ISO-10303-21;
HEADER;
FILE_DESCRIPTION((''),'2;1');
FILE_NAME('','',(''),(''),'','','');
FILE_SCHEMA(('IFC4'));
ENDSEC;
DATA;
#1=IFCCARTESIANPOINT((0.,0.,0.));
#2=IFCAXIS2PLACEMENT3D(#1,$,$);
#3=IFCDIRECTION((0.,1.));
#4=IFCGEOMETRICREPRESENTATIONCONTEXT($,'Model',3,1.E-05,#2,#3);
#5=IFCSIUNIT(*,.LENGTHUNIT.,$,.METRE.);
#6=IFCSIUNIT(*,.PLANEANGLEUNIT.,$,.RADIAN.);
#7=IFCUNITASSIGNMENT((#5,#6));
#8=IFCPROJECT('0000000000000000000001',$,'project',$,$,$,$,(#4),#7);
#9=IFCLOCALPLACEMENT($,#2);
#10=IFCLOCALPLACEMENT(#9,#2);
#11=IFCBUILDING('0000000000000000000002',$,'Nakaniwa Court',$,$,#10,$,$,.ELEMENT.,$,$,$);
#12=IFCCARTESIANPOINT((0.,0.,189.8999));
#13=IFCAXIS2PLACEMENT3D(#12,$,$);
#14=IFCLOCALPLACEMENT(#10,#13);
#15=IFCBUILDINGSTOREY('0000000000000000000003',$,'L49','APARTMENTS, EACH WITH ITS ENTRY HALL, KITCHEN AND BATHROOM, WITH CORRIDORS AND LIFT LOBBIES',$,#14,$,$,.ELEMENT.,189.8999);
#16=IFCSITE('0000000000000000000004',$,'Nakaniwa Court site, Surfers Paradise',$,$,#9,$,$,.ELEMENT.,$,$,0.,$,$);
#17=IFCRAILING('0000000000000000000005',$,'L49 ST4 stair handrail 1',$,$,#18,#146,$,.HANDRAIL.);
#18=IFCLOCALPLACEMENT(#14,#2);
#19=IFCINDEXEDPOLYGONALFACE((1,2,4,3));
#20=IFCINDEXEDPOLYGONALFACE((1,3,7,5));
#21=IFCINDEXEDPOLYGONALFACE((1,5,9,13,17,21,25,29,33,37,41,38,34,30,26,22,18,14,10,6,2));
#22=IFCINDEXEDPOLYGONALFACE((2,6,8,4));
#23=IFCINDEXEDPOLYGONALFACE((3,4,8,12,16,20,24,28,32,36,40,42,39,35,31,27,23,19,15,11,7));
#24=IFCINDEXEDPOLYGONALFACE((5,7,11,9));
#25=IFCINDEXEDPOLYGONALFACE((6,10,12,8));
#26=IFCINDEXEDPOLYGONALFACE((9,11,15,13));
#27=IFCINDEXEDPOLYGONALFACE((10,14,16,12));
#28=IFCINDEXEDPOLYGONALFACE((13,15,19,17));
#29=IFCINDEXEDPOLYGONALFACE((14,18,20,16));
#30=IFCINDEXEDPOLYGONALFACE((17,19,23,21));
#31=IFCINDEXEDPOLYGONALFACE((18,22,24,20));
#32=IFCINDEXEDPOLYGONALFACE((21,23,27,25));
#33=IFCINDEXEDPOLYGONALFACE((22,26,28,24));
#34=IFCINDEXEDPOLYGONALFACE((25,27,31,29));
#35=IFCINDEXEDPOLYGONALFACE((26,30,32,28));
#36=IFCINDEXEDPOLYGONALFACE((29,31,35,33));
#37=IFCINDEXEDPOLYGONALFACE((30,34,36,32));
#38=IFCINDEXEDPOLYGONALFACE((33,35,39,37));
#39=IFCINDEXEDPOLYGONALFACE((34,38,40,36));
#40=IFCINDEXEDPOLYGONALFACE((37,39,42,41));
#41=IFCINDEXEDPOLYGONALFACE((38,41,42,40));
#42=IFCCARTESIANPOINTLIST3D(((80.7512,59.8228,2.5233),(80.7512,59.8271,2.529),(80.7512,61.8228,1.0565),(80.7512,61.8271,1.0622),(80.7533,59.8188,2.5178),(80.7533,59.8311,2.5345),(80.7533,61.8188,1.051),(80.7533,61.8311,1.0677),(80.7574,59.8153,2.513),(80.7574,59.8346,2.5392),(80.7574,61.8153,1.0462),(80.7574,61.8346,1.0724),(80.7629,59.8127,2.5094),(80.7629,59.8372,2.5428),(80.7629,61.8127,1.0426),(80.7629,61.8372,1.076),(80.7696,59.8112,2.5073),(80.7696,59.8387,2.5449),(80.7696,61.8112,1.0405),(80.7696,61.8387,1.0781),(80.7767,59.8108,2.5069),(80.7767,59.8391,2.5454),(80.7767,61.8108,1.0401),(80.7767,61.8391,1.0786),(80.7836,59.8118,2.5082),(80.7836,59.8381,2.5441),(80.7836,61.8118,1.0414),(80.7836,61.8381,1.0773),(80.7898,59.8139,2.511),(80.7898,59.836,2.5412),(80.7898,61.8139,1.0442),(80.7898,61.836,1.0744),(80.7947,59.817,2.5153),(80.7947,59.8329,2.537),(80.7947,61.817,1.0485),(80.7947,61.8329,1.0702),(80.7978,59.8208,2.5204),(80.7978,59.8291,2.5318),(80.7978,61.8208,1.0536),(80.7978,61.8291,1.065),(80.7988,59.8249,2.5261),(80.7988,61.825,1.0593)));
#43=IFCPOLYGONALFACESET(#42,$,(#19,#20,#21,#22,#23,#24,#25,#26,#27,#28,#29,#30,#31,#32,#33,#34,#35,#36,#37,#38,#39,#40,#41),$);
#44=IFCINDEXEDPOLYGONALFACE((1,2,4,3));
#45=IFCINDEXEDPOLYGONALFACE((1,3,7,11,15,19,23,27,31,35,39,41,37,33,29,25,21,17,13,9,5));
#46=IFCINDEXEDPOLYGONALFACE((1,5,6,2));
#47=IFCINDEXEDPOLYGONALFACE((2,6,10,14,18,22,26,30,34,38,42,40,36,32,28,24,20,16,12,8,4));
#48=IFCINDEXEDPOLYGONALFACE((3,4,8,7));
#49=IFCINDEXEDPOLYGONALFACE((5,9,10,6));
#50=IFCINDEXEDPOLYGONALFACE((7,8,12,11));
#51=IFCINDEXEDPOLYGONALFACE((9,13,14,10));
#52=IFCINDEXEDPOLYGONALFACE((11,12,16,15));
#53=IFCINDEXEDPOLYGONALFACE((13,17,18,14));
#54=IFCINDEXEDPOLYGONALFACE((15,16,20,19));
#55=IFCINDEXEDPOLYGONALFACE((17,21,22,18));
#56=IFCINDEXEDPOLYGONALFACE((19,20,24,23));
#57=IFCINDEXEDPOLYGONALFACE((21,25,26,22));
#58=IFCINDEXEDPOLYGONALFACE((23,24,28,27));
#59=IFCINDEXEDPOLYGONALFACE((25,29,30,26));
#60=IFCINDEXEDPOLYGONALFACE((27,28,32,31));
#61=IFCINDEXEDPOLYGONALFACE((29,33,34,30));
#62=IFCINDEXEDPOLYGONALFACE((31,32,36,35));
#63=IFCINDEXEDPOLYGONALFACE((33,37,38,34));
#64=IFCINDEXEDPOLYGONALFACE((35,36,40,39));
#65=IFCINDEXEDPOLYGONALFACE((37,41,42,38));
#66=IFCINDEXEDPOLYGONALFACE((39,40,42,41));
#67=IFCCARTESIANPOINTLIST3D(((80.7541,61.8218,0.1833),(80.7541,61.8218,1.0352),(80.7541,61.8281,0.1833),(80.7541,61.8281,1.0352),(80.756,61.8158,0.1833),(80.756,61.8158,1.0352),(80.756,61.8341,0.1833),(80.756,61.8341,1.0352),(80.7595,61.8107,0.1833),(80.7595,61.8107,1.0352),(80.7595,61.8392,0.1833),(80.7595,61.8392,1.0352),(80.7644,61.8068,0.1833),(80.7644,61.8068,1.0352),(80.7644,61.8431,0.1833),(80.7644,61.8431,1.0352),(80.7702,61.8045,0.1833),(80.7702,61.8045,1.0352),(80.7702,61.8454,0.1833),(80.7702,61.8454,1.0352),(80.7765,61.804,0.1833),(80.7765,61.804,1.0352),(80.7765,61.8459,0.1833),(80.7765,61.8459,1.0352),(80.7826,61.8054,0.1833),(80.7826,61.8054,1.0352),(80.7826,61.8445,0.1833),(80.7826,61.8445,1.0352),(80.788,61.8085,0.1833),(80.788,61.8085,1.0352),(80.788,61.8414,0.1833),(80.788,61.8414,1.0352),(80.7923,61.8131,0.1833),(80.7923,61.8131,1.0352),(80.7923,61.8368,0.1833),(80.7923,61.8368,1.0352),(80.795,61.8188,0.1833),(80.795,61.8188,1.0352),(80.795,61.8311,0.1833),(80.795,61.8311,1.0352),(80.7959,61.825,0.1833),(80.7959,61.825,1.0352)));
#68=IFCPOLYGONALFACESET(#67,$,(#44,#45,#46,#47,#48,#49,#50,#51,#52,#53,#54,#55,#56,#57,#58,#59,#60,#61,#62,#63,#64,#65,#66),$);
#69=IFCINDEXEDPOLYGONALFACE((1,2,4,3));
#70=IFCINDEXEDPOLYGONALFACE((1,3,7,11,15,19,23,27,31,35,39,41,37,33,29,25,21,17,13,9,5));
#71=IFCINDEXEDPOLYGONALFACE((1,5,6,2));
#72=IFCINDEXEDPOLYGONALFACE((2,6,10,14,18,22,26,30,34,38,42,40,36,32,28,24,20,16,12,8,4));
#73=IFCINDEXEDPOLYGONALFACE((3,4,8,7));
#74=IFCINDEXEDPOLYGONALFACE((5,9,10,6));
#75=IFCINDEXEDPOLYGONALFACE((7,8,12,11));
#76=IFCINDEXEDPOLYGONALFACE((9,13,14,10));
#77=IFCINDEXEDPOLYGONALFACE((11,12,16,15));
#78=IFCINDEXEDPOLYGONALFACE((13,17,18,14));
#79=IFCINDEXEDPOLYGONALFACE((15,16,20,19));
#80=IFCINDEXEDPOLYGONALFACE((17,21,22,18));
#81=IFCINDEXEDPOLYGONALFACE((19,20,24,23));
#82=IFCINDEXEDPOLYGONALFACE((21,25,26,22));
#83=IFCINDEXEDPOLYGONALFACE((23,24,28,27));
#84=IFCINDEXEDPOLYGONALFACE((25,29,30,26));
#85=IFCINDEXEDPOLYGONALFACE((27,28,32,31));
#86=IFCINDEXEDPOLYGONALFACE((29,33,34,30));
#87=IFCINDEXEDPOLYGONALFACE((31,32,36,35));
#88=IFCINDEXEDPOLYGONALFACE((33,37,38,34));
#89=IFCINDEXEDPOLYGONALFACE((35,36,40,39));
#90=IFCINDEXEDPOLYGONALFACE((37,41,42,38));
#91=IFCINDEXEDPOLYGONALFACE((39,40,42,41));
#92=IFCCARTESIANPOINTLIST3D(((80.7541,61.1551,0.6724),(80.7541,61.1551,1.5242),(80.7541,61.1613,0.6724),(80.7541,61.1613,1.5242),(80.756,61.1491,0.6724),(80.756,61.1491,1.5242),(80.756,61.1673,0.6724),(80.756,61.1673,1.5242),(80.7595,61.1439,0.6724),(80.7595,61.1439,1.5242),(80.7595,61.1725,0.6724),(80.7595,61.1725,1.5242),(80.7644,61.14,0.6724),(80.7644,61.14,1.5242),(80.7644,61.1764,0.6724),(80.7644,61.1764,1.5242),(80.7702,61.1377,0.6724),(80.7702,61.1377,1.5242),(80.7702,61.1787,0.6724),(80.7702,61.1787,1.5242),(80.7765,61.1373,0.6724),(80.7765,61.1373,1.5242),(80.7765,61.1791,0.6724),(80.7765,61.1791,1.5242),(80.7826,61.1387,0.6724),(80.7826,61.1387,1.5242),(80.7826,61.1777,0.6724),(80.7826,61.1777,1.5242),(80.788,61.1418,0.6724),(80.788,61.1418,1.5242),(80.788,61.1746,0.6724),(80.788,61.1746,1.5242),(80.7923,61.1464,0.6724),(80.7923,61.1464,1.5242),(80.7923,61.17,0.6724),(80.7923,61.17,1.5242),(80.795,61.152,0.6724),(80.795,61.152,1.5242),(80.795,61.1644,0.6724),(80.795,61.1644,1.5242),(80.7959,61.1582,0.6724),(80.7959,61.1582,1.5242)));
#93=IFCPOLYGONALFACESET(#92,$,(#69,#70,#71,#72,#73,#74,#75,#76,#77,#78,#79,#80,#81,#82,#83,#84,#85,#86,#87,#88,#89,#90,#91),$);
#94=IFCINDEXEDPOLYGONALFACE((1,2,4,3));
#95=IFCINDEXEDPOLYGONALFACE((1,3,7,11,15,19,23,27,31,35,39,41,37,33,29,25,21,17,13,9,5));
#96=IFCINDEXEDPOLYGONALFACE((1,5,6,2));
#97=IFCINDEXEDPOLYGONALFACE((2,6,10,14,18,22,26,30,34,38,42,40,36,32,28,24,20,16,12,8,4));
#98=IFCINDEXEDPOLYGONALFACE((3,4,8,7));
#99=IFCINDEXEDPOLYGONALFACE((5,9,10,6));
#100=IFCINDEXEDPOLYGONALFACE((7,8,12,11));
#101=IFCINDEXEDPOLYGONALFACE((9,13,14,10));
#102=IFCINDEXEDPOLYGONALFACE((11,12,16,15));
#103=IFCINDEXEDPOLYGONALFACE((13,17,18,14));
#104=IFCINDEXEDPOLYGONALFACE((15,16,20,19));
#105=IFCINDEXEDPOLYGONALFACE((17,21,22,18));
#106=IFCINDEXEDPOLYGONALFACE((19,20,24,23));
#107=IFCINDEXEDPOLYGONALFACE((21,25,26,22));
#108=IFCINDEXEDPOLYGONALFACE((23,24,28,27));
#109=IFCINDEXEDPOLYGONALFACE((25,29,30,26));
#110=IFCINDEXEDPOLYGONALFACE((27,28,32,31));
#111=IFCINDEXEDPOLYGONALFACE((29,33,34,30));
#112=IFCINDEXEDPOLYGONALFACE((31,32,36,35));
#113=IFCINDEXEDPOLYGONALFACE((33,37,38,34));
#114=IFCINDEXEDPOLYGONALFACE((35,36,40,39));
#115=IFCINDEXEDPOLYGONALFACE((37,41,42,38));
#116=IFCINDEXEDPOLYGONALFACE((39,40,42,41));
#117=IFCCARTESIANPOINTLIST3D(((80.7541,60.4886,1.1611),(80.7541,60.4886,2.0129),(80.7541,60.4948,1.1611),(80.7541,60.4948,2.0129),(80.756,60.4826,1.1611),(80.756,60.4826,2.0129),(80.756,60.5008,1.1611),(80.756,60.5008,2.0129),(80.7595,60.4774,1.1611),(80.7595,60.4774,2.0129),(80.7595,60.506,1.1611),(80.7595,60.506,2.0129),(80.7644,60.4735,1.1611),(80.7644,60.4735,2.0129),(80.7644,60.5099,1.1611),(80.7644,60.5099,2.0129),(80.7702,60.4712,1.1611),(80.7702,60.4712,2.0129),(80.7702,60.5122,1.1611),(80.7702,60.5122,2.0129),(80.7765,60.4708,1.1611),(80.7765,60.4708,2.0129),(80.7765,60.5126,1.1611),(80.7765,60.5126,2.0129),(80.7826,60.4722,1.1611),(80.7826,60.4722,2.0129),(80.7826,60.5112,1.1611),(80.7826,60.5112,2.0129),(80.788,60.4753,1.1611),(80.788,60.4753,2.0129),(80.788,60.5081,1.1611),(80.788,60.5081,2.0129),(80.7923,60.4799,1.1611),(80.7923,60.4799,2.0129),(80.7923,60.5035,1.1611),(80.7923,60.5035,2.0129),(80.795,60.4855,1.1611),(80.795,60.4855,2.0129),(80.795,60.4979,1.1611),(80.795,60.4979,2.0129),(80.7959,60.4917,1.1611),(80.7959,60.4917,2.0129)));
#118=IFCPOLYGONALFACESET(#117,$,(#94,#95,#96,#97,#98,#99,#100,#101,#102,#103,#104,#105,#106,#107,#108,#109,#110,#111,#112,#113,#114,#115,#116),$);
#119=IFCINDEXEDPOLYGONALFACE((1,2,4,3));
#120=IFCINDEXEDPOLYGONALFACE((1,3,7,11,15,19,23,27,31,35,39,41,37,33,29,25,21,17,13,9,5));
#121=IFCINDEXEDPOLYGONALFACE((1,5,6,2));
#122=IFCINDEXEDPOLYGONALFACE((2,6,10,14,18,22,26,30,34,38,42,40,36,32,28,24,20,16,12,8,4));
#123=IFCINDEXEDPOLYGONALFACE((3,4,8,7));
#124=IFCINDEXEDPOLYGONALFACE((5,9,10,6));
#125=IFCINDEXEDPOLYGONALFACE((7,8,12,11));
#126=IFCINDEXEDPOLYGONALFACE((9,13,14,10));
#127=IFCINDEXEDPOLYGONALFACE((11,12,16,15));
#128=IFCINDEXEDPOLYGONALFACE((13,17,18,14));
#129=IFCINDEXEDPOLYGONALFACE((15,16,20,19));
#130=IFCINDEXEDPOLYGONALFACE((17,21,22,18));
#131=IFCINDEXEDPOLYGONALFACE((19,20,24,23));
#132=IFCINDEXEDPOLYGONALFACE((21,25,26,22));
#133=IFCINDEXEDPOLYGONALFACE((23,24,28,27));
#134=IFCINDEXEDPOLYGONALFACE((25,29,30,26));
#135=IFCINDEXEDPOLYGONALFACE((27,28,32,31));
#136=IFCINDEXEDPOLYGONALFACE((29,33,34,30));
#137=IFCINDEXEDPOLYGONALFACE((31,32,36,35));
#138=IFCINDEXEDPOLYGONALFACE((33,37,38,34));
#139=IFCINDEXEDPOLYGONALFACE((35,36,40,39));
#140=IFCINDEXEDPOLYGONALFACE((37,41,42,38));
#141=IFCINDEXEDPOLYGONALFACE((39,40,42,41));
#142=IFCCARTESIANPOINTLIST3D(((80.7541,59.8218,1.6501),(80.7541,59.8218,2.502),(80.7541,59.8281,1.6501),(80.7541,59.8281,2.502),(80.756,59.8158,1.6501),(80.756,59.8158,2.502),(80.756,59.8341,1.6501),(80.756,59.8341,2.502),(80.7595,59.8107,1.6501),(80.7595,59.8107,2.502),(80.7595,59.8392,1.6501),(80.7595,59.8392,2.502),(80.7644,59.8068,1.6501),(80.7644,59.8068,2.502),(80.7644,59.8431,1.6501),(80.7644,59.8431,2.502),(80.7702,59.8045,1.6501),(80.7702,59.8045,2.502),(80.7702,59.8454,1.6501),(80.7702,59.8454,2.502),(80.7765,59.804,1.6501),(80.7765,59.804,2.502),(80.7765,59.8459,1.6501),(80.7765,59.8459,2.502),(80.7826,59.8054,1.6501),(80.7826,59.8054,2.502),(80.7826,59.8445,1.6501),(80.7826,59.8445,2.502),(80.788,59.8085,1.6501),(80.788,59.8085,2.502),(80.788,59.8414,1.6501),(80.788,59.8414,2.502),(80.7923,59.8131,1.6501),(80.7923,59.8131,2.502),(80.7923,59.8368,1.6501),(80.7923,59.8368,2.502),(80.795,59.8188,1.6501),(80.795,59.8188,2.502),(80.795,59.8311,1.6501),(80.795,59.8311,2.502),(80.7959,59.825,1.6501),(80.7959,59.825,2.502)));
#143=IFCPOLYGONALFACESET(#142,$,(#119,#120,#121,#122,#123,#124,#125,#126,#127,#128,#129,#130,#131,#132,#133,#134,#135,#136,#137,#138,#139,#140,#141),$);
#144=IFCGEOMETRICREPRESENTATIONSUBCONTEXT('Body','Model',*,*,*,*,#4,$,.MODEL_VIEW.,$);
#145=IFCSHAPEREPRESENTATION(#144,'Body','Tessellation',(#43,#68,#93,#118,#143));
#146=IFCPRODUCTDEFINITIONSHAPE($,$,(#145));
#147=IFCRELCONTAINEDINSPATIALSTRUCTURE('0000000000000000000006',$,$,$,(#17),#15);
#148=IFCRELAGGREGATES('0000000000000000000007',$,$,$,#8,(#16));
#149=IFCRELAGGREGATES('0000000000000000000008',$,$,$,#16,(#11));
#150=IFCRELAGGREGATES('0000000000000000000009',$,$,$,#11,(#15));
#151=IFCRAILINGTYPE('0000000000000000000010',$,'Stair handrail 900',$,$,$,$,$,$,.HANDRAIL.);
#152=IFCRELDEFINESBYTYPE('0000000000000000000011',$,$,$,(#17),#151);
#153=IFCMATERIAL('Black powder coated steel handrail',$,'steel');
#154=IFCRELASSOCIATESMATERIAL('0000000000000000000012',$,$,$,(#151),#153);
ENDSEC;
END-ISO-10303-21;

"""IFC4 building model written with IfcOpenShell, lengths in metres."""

from ifc_helpers import new_model, si_unit, direction, frame, origin, origin_2d, place, context, subcontext, project, spatial, circle, extrude, material, type_object, element, save


model = new_model("IFC4")

# Units and contexts
model_context = context("Model", 3, precision=1e-05, world=origin(), true_north=direction((0.0, 1.0)))
body_context = subcontext(model_context, "Body", "Model", "MODEL_VIEW")
ifc_project = project(units=[si_unit("LENGTHUNIT", "METRE"), si_unit("PLANEANGLEUNIT", "RADIAN")], contexts=[model_context])

# Site, building, storey
site_placement = place(None, origin())
site = spatial("IfcSite", under=ifc_project, at=site_placement, Name="Nakaniwa Court site, Surfers Paradise", CompositionType="ELEMENT", RefElevation=0.0)
building_placement = place(site_placement, origin())
building = spatial("IfcBuilding", under=site, at=building_placement, Name="Nakaniwa Court", CompositionType="ELEMENT")
storey_placement = place(building_placement, frame((0.0, 0.0, 189.8999)))
storey = spatial("IfcBuildingStorey", under=building, at=storey_placement, Name="L49", Description="APARTMENTS, EACH WITH ITS ENTRY HALL, KITCHEN AND BATHROOM, WITH CORRIDORS AND LIFT LOBBIES", CompositionType="ELEMENT", Elevation=189.8999)

# Railing
ifc_material_1 = material(Name="Black powder coated steel handrail", Category="steel")
railing_type_1 = type_object("IfcRailingType", Name="Stair handrail 900", PredefinedType="HANDRAIL", material=ifc_material_1)
railing_1_placement = place(storey_placement, frame((80.7749, 61.825, 0.1833)))
element("IfcRailing", 1, at=railing_1_placement, inside=storey, type_object=railing_type_1, Name="L49 ST4 stair handrail 1", PredefinedType="HANDRAIL", context=body_context, shape_type="SweptSolid", body=[
    extrude(circle(Radius=0.0239, at=origin_2d()), frame((0.0, 0.0, 0.876), z_axis=(0.0, -0.80638, 0.591398), x_axis=(1.0, 0.0, 0.0)), (0.0, 0.0, 1.0), 2.4802),
    extrude(circle(Radius=0.021, at=origin_2d()), origin(), (0.0, 0.0, 1.0), 0.8518),
    extrude(circle(Radius=0.021, at=origin_2d()), frame((0.0, -0.6667, 0.489)), (0.0, 0.0, 1.0), 0.8518),
    extrude(circle(Radius=0.021, at=origin_2d()), frame((0.0, -1.3333, 0.9778)), (0.0, 0.0, 1.0), 0.8518),
    extrude(circle(Radius=0.021, at=origin_2d()), frame((0.0, -2.0, 1.4668)), (0.0, 0.0, 1.0), 0.8518),
])

save(model, "model.ifc")
